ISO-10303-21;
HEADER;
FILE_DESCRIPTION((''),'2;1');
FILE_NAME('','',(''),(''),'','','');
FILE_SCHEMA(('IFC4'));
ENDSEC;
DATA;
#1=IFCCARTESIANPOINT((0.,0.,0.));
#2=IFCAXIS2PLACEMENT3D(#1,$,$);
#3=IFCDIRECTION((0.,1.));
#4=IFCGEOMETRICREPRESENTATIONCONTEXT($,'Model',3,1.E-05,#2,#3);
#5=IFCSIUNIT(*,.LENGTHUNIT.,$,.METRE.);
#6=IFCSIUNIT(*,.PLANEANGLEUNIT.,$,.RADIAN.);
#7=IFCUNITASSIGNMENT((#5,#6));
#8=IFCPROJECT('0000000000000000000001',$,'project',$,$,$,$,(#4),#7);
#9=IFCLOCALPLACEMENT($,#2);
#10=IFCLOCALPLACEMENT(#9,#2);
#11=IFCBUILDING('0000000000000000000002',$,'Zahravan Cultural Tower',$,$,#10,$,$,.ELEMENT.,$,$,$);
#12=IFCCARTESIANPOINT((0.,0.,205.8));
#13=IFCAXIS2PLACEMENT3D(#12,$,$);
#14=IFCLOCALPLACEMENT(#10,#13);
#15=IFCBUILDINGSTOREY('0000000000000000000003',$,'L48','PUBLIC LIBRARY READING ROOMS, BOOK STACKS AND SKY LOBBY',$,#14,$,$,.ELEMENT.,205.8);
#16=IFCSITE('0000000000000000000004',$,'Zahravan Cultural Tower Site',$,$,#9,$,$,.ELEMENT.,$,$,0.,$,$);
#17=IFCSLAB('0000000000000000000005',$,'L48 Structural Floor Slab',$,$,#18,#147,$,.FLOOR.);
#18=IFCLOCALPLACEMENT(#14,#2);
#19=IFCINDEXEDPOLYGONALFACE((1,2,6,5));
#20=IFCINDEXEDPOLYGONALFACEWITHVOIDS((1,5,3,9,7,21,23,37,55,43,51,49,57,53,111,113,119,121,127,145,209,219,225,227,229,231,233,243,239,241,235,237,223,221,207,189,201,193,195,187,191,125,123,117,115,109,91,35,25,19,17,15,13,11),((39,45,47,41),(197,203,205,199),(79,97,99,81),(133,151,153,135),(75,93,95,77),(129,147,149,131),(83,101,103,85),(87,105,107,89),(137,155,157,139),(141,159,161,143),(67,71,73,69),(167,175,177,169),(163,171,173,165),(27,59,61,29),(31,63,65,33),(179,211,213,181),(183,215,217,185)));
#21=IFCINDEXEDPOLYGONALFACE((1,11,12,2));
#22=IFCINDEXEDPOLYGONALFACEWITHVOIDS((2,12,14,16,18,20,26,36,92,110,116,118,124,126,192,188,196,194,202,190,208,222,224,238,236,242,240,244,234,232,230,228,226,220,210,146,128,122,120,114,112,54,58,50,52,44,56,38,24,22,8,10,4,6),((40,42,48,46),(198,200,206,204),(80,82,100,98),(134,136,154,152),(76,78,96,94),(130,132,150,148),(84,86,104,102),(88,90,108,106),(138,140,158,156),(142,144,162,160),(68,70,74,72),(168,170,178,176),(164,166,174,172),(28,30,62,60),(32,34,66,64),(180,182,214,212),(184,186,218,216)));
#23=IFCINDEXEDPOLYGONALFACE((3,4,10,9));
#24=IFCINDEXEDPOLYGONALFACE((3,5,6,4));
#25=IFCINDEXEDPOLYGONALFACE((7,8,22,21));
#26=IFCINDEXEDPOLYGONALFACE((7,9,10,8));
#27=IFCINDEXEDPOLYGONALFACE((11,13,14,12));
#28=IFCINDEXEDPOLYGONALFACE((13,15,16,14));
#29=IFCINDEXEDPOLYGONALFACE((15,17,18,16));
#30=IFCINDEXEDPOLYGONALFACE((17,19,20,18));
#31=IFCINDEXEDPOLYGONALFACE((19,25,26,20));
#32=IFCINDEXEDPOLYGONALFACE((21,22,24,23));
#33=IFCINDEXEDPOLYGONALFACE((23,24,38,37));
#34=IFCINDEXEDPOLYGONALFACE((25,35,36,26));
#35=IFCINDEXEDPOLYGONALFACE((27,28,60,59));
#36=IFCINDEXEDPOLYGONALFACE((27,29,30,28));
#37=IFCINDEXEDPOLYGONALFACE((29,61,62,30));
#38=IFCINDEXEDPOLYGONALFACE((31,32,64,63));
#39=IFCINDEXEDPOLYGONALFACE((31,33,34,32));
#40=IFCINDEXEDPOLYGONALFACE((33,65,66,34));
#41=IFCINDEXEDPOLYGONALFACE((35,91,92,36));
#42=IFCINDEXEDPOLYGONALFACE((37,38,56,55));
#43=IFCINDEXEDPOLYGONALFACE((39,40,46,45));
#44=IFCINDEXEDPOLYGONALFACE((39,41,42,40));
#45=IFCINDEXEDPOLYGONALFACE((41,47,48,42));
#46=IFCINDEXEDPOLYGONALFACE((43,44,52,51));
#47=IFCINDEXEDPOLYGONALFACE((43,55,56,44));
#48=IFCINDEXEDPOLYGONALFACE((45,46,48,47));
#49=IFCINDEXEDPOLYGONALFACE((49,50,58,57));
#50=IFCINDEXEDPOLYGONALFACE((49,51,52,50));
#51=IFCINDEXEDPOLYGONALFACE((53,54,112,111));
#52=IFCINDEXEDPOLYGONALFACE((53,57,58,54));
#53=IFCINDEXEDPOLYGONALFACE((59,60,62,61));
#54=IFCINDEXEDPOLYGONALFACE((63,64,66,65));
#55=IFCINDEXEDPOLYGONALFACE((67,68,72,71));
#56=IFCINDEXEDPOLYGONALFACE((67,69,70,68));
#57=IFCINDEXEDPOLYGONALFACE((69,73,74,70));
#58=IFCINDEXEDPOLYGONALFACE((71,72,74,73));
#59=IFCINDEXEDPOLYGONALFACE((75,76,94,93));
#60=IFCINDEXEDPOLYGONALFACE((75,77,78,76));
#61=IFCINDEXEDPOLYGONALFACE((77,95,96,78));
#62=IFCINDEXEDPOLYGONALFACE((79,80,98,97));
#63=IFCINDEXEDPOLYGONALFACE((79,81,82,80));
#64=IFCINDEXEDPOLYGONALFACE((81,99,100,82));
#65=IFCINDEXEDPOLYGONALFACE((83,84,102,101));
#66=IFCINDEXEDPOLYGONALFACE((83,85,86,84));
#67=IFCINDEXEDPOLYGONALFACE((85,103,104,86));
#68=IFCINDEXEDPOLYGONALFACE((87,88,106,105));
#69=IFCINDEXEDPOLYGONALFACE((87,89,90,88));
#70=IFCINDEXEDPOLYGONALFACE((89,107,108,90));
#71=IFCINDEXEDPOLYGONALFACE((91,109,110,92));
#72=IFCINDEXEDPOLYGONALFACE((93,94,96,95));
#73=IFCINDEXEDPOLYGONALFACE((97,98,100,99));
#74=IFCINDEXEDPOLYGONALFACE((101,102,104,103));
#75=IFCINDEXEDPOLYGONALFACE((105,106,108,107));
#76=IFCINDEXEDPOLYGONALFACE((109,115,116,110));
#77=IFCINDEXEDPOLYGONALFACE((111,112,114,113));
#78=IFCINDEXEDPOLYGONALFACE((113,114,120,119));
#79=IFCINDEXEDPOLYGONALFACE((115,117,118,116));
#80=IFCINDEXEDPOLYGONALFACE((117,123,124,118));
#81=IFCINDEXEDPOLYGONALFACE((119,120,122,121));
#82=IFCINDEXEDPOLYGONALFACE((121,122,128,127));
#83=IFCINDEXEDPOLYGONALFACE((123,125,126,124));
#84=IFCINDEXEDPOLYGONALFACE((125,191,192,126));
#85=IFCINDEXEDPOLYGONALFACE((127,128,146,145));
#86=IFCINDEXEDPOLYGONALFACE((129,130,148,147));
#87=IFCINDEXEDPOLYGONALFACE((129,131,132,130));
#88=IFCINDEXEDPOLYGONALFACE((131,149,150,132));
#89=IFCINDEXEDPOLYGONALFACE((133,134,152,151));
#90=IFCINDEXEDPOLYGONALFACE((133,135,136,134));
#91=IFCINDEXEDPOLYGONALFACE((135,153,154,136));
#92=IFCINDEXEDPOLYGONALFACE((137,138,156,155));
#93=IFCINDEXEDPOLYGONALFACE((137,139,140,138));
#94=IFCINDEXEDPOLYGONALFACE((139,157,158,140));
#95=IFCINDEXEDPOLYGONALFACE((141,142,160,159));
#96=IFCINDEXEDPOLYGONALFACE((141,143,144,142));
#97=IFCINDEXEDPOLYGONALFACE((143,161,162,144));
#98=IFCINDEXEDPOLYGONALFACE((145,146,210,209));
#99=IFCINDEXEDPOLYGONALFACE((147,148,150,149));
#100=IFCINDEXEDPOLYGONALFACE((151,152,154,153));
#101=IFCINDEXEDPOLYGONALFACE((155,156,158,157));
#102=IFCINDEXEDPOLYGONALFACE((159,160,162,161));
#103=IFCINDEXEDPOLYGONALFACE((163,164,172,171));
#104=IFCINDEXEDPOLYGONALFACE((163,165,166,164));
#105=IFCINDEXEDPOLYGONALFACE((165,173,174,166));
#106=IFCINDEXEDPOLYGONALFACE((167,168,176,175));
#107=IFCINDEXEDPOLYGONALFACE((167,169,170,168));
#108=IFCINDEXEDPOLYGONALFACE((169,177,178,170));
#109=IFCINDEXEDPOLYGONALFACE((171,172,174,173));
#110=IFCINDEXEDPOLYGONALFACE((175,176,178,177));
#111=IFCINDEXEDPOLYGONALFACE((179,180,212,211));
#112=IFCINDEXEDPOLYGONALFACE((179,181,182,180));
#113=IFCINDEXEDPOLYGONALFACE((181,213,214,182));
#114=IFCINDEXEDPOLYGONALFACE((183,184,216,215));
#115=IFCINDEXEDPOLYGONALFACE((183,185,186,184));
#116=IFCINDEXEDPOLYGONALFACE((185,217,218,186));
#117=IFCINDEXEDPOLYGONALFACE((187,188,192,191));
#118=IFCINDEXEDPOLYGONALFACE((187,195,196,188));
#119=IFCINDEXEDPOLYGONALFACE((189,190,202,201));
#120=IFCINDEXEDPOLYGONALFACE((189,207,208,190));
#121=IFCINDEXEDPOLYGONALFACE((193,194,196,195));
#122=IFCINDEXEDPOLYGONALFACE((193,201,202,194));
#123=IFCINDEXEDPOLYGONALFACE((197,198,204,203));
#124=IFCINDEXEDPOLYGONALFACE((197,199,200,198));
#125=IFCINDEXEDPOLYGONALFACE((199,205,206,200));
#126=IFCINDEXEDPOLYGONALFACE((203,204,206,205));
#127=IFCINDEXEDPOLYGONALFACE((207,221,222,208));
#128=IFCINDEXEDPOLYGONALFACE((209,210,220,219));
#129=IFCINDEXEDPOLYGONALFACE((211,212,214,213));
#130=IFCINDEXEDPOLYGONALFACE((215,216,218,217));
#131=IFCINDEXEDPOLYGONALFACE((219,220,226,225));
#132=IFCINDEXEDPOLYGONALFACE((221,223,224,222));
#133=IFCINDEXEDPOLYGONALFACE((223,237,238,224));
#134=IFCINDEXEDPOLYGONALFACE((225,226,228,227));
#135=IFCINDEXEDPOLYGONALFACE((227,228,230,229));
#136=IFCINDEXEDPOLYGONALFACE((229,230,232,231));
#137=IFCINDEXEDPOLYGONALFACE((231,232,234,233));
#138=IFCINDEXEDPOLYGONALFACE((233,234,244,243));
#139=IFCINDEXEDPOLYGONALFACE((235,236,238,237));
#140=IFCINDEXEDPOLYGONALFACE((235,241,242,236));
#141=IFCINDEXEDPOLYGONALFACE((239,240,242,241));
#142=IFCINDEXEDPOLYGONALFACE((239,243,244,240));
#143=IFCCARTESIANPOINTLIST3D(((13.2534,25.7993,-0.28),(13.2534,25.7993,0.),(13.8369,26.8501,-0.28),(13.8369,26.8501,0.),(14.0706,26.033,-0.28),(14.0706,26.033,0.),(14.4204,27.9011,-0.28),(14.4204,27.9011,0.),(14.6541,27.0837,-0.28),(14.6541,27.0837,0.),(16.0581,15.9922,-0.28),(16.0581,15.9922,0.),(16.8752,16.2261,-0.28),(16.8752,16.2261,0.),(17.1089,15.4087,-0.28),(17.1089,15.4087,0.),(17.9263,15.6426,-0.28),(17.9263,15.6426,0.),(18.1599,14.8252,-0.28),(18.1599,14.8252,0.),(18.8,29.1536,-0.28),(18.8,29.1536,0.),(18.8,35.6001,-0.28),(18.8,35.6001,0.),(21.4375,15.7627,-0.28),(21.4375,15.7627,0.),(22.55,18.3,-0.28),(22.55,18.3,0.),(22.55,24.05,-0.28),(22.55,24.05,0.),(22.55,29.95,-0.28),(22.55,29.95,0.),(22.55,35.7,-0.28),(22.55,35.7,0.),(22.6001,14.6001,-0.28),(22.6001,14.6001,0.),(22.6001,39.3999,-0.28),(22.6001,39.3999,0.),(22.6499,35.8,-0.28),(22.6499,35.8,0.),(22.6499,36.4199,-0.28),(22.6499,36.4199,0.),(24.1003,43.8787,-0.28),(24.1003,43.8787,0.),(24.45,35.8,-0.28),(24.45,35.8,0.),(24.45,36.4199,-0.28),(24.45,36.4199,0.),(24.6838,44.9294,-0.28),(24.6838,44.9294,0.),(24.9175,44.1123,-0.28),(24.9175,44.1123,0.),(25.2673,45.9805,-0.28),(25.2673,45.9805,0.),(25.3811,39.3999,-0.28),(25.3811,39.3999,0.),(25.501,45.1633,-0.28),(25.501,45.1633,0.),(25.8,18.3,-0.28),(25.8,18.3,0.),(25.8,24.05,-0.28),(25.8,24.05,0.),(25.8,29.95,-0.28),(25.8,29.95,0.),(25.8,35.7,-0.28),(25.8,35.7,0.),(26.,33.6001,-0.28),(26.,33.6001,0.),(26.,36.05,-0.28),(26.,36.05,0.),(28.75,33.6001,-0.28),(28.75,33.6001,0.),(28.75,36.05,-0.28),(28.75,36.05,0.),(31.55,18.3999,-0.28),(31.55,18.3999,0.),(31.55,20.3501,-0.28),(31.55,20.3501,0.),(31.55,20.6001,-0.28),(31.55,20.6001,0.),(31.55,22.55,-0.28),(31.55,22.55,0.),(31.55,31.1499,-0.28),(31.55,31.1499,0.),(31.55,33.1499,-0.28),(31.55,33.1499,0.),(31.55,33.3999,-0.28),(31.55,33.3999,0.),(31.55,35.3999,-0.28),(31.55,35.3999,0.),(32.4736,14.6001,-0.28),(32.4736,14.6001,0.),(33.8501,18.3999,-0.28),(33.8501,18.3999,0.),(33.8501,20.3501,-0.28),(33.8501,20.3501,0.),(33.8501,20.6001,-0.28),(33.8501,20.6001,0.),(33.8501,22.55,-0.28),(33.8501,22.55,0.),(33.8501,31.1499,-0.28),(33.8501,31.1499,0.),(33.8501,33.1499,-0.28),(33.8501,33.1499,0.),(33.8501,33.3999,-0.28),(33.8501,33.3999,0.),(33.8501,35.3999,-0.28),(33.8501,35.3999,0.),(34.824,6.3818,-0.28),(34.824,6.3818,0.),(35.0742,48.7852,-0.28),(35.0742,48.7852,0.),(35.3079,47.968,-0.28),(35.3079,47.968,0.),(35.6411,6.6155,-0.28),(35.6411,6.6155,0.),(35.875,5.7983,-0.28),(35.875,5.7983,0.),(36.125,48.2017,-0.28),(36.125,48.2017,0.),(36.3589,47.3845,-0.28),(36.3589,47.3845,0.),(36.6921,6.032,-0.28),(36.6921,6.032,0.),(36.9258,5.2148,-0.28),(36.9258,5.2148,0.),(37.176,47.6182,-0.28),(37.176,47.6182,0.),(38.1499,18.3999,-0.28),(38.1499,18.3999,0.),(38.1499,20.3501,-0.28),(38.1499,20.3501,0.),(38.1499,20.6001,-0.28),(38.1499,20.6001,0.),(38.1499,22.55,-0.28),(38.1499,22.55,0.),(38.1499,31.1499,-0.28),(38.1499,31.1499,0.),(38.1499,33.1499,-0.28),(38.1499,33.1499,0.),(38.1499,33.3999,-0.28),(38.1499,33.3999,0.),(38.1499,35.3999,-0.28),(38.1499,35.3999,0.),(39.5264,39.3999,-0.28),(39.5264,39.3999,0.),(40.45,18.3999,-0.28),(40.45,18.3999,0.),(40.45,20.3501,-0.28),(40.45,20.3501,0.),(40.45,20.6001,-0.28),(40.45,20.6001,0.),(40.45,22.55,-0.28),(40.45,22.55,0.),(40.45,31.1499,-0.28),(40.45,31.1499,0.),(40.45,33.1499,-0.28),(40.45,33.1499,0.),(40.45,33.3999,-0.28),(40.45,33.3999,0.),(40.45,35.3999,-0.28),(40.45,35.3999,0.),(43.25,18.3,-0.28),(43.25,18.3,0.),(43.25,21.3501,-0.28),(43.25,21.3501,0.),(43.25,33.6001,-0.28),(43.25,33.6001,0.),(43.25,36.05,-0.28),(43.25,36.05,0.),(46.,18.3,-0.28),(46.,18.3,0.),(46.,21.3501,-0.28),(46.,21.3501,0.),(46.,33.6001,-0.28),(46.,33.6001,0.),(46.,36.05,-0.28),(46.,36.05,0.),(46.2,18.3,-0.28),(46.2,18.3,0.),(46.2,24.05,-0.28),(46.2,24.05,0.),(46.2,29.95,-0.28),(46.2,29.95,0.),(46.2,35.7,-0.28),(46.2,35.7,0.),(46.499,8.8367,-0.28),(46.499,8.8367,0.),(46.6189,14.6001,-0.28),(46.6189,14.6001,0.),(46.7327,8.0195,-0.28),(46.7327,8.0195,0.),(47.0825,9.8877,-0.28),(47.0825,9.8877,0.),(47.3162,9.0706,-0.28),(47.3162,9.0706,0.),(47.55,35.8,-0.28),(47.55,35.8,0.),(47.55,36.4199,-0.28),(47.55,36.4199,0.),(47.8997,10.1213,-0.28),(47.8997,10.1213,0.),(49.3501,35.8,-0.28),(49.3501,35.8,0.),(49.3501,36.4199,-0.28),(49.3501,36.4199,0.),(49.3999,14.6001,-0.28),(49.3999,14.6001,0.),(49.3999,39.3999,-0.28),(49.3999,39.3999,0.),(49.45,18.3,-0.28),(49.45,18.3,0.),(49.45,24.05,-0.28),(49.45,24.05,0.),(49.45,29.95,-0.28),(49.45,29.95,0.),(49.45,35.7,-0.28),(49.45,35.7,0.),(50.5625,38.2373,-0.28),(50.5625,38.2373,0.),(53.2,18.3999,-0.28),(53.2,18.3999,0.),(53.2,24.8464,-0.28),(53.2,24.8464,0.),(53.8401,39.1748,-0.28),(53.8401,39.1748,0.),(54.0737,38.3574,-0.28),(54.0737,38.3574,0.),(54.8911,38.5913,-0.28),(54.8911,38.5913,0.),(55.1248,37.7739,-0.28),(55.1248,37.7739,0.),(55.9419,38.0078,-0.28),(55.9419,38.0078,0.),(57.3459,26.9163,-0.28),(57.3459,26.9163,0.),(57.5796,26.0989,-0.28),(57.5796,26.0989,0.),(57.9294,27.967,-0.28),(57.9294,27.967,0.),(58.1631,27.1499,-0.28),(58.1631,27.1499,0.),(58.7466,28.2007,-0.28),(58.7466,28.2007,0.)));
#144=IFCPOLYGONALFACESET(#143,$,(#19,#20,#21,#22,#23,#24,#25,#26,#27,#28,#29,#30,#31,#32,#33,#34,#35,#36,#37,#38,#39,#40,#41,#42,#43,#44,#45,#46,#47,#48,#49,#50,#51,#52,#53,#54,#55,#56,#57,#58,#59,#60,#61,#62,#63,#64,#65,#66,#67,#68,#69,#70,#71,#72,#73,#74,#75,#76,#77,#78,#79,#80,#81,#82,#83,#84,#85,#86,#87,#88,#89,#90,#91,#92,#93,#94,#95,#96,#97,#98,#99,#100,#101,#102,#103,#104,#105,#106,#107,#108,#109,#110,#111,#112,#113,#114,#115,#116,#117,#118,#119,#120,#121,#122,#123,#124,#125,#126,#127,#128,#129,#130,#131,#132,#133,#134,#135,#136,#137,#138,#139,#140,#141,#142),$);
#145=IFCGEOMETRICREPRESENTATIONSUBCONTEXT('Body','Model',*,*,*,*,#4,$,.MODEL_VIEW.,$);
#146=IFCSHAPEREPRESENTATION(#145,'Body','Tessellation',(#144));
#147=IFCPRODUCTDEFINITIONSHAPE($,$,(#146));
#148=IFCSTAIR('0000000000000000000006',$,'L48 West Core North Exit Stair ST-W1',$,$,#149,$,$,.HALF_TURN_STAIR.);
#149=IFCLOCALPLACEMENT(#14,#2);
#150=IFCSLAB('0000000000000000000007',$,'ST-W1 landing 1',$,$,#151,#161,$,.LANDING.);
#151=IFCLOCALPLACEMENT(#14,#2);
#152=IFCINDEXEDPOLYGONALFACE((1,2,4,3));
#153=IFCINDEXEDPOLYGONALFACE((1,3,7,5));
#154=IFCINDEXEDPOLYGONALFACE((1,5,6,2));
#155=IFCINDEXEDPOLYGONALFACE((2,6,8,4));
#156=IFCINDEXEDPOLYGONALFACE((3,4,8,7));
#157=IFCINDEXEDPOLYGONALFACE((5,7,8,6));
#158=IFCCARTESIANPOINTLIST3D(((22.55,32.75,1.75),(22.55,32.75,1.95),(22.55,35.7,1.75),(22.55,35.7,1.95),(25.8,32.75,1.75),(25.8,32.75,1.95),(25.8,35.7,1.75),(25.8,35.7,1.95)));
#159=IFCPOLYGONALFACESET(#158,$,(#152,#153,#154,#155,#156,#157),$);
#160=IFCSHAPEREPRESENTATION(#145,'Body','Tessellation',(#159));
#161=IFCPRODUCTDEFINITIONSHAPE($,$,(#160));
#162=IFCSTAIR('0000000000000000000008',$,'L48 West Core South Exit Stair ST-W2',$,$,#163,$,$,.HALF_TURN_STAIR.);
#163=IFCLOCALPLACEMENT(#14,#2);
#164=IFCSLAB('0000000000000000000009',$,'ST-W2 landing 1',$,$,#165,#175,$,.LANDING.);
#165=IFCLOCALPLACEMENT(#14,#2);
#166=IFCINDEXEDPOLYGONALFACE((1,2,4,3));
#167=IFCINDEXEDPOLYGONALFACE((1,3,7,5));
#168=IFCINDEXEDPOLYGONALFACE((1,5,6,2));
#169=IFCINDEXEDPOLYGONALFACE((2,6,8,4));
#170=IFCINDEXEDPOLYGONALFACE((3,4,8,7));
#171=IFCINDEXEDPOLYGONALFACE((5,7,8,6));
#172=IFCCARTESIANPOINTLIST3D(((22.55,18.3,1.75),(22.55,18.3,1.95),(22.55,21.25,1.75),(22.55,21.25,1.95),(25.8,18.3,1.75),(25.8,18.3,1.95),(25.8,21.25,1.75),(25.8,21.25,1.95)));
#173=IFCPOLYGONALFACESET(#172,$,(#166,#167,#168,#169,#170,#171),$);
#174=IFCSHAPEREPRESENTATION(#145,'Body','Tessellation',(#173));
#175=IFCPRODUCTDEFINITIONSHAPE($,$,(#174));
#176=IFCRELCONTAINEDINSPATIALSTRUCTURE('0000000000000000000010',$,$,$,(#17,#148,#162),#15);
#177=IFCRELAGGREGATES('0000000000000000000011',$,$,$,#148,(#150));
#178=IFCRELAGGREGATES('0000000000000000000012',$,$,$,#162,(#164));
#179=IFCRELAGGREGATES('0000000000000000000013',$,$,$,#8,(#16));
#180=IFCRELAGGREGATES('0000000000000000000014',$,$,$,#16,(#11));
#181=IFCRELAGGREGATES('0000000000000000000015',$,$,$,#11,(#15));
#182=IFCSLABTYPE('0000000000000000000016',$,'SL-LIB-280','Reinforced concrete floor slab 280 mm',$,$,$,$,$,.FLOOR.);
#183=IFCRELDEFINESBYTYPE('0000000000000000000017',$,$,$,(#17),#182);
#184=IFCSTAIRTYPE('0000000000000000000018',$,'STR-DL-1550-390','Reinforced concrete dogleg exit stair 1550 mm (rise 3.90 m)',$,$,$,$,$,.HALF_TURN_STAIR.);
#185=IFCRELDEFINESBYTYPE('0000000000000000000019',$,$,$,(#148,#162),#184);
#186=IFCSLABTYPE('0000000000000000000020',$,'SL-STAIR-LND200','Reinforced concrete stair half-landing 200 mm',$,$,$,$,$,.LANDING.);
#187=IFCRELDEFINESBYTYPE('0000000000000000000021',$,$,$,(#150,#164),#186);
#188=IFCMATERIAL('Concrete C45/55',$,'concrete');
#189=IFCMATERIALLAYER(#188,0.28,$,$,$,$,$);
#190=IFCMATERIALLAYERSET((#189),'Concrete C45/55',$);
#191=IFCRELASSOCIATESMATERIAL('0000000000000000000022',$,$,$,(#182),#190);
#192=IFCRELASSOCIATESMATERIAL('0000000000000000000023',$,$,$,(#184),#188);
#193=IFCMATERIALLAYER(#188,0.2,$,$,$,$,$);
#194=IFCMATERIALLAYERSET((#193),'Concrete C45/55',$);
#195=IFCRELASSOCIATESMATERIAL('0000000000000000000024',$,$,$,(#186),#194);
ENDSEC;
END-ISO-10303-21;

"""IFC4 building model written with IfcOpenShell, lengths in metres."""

from ifc_helpers import new_model, si_unit, direction, frame, origin, place, context, subcontext, project, spatial, polyline, outline, extrude, material, layer, layer_set, type_object, element, aggregate, save


model = new_model("IFC4")

# Units and contexts
model_context = context("Model", 3, precision=1e-05, world=origin(), true_north=direction((0.0, 1.0)))
body_context = subcontext(model_context, "Body", "Model", "MODEL_VIEW")
ifc_project = project(units=[si_unit("LENGTHUNIT", "METRE"), si_unit("PLANEANGLEUNIT", "RADIAN")], contexts=[model_context])

# Site, building, storey
site_placement = place(None, origin())
site = spatial("IfcSite", under=ifc_project, at=site_placement, Name="Zahravan Cultural Tower Site", CompositionType="ELEMENT", RefElevation=0.0)
building_placement = place(site_placement, origin())
building = spatial("IfcBuilding", under=site, at=building_placement, Name="Zahravan Cultural Tower", CompositionType="ELEMENT")
storey_placement = place(building_placement, frame((0.0, 0.0, 205.8)))
storey = spatial("IfcBuildingStorey", under=building, at=storey_placement, Name="L48", Description="PUBLIC LIBRARY READING ROOMS, BOOK STACKS AND SKY LOBBY", CompositionType="ELEMENT", Elevation=205.8)

# Slab
ifc_material_1 = material(Name="Concrete C45/55", Category="concrete")
ifc_layer_1 = layer(ifc_material_1, 0.28)
ifc_layer_set_1 = layer_set([ifc_layer_1], Name="Concrete C45/55")
slab_type_1 = type_object("IfcSlabType", Name="SL-LIB-280", Description="Reinforced concrete floor slab 280 mm", PredefinedType="FLOOR", material=ifc_layer_set_1)
slab_1_placement = place(storey_placement, frame((0.0, 0.0, -0.28)))
element("IfcSlab", 1, at=slab_1_placement, inside=storey, type_object=slab_type_1, Name="L48 Structural Floor Slab", PredefinedType="FLOOR", context=body_context, shape_type="SweptSolid", body=[
    extrude(outline(polyline([(50.5625, 38.2373), (49.3999, 39.3999), (39.5264, 39.3999), (37.176, 47.6182), (36.3589, 47.3845), (36.125, 48.2017), (35.3079, 47.968), (35.0742, 48.7852), (25.2673, 45.9805), (25.501, 45.1633), (24.6838, 44.9294), (24.9175, 44.1123), (24.1003, 43.8787), (25.3811, 39.3999), (22.6001, 39.3999), (18.8, 35.6001), (18.8, 29.1536), (14.4204, 27.9011), (14.6541, 27.0837), (13.8369, 26.8501), (14.0706, 26.033), (13.2534, 25.7993), (16.0581, 15.9922), (16.8752, 16.2261), (17.1089, 15.4087), (17.9263, 15.6426), (18.1599, 14.8252), (21.4375, 15.7627), (22.6001, 14.6001), (32.4736, 14.6001), (34.824, 6.3818), (35.6411, 6.6155), (35.875, 5.7983), (36.6921, 6.032), (36.9258, 5.2148), (46.7327, 8.0195), (46.499, 8.8367), (47.3162, 9.0706), (47.0825, 9.8877), (47.8997, 10.1213), (46.6189, 14.6001), (49.3999, 14.6001), (53.2, 18.3999), (53.2, 24.8464), (57.5796, 26.0989), (57.3459, 26.9163), (58.1631, 27.1499), (57.9294, 27.967), (58.7466, 28.2007), (55.9419, 38.0078), (55.1248, 37.7739), (54.8911, 38.5913), (54.0737, 38.3574), (53.8401, 39.1748), (50.5625, 38.2373)]), holes=[polyline([(22.55, 29.95), (22.55, 35.7), (25.8, 35.7), (25.8, 29.95), (22.55, 29.95)]), polyline([(22.55, 18.3), (22.55, 24.05), (25.8, 24.05), (25.8, 18.3), (22.55, 18.3)]), polyline([(46.2, 29.95), (46.2, 35.7), (49.45, 35.7), (49.45, 29.95), (46.2, 29.95)]), polyline([(46.2, 18.3), (46.2, 24.05), (49.45, 24.05), (49.45, 18.3), (46.2, 18.3)]), polyline([(26.0, 33.6001), (26.0, 36.05), (28.75, 36.05), (28.75, 33.6001), (26.0, 33.6001)]), polyline([(43.25, 33.6001), (43.25, 36.05), (46.0, 36.05), (46.0, 33.6001), (43.25, 33.6001)]), polyline([(43.25, 18.3), (43.25, 21.3501), (46.0, 21.3501), (46.0, 18.3), (43.25, 18.3)]), polyline([(31.55, 33.3999), (31.55, 35.3999), (33.8501, 35.3999), (33.8501, 33.3999), (31.55, 33.3999)]), polyline([(31.55, 31.1499), (31.55, 33.1499), (33.8501, 33.1499), (33.8501, 31.1499), (31.55, 31.1499)]), polyline([(38.1499, 33.3999), (38.1499, 35.3999), (40.45, 35.3999), (40.45, 33.3999), (38.1499, 33.3999)]), polyline([(38.1499, 31.1499), (38.1499, 33.1499), (40.45, 33.1499), (40.45, 31.1499), (38.1499, 31.1499)]), polyline([(31.55, 20.6001), (31.55, 22.55), (33.8501, 22.55), (33.8501, 20.6001), (31.55, 20.6001)]), polyline([(31.55, 18.3999), (31.55, 20.3501), (33.8501, 20.3501), (33.8501, 18.3999), (31.55, 18.3999)]), polyline([(38.1499, 20.6001), (38.1499, 22.55), (40.45, 22.55), (40.45, 20.6001), (38.1499, 20.6001)]), polyline([(38.1499, 18.3999), (38.1499, 20.3501), (40.45, 20.3501), (40.45, 18.3999), (38.1499, 18.3999)]), polyline([(22.6499, 35.8), (22.6499, 36.4199), (24.45, 36.4199), (24.45, 35.8), (22.6499, 35.8)]), polyline([(47.55, 35.8), (47.55, 36.4199), (49.3501, 36.4199), (49.3501, 35.8), (47.55, 35.8)])]), origin(), (0.0, 0.0, 1.0), 0.28),
])

# Stairs, slabs
stair_type = type_object("IfcStairType", Name="STR-DL-1550-390", Description="Reinforced concrete dogleg exit stair 1550 mm (rise 3.90 m)", PredefinedType="HALF_TURN_STAIR", material=ifc_material_1)
stair_1_placement = place(storey_placement, origin())
stair_1 = element("IfcStair", 2, at=stair_1_placement, inside=storey, type_object=stair_type, Name="L48 West Core North Exit Stair ST-W1", PredefinedType="HALF_TURN_STAIR")
ifc_layer_2 = layer(ifc_material_1, 0.2)
ifc_layer_set_2 = layer_set([ifc_layer_2], Name="Concrete C45/55")
slab_type_2 = type_object("IfcSlabType", Name="SL-STAIR-LND200", Description="Reinforced concrete stair half-landing 200 mm", PredefinedType="LANDING", material=ifc_layer_set_2)
slab_2_placement = place(storey_placement, frame((0.0, 0.0, 1.75)))
slab_2 = element("IfcSlab", 3, at=slab_2_placement, type_object=slab_type_2, Name="ST-W1 landing 1", PredefinedType="LANDING", context=body_context, shape_type="SweptSolid", body=[
    extrude(outline(polyline([(25.8, 32.75), (25.8, 35.7), (22.55, 35.7), (22.55, 32.75), (25.8, 32.75)])), origin(), (0.0, 0.0, 1.0), 0.2),
])
aggregate(stair_1, [slab_2])
stair_2_placement = place(storey_placement, origin())
stair_2 = element("IfcStair", 4, at=stair_2_placement, inside=storey, type_object=stair_type, Name="L48 West Core South Exit Stair ST-W2", PredefinedType="HALF_TURN_STAIR")
slab_3_placement = place(storey_placement, frame((0.0, 0.0, 1.75)))
slab_3 = element("IfcSlab", 5, at=slab_3_placement, type_object=slab_type_2, Name="ST-W2 landing 1", PredefinedType="LANDING", context=body_context, shape_type="SweptSolid", body=[
    extrude(outline(polyline([(22.55, 21.25), (22.55, 18.3), (25.8, 18.3), (25.8, 21.25), (22.55, 21.25)])), origin(), (0.0, 0.0, 1.0), 0.2),
])
aggregate(stair_2, [slab_3])

save(model, "model.ifc")
